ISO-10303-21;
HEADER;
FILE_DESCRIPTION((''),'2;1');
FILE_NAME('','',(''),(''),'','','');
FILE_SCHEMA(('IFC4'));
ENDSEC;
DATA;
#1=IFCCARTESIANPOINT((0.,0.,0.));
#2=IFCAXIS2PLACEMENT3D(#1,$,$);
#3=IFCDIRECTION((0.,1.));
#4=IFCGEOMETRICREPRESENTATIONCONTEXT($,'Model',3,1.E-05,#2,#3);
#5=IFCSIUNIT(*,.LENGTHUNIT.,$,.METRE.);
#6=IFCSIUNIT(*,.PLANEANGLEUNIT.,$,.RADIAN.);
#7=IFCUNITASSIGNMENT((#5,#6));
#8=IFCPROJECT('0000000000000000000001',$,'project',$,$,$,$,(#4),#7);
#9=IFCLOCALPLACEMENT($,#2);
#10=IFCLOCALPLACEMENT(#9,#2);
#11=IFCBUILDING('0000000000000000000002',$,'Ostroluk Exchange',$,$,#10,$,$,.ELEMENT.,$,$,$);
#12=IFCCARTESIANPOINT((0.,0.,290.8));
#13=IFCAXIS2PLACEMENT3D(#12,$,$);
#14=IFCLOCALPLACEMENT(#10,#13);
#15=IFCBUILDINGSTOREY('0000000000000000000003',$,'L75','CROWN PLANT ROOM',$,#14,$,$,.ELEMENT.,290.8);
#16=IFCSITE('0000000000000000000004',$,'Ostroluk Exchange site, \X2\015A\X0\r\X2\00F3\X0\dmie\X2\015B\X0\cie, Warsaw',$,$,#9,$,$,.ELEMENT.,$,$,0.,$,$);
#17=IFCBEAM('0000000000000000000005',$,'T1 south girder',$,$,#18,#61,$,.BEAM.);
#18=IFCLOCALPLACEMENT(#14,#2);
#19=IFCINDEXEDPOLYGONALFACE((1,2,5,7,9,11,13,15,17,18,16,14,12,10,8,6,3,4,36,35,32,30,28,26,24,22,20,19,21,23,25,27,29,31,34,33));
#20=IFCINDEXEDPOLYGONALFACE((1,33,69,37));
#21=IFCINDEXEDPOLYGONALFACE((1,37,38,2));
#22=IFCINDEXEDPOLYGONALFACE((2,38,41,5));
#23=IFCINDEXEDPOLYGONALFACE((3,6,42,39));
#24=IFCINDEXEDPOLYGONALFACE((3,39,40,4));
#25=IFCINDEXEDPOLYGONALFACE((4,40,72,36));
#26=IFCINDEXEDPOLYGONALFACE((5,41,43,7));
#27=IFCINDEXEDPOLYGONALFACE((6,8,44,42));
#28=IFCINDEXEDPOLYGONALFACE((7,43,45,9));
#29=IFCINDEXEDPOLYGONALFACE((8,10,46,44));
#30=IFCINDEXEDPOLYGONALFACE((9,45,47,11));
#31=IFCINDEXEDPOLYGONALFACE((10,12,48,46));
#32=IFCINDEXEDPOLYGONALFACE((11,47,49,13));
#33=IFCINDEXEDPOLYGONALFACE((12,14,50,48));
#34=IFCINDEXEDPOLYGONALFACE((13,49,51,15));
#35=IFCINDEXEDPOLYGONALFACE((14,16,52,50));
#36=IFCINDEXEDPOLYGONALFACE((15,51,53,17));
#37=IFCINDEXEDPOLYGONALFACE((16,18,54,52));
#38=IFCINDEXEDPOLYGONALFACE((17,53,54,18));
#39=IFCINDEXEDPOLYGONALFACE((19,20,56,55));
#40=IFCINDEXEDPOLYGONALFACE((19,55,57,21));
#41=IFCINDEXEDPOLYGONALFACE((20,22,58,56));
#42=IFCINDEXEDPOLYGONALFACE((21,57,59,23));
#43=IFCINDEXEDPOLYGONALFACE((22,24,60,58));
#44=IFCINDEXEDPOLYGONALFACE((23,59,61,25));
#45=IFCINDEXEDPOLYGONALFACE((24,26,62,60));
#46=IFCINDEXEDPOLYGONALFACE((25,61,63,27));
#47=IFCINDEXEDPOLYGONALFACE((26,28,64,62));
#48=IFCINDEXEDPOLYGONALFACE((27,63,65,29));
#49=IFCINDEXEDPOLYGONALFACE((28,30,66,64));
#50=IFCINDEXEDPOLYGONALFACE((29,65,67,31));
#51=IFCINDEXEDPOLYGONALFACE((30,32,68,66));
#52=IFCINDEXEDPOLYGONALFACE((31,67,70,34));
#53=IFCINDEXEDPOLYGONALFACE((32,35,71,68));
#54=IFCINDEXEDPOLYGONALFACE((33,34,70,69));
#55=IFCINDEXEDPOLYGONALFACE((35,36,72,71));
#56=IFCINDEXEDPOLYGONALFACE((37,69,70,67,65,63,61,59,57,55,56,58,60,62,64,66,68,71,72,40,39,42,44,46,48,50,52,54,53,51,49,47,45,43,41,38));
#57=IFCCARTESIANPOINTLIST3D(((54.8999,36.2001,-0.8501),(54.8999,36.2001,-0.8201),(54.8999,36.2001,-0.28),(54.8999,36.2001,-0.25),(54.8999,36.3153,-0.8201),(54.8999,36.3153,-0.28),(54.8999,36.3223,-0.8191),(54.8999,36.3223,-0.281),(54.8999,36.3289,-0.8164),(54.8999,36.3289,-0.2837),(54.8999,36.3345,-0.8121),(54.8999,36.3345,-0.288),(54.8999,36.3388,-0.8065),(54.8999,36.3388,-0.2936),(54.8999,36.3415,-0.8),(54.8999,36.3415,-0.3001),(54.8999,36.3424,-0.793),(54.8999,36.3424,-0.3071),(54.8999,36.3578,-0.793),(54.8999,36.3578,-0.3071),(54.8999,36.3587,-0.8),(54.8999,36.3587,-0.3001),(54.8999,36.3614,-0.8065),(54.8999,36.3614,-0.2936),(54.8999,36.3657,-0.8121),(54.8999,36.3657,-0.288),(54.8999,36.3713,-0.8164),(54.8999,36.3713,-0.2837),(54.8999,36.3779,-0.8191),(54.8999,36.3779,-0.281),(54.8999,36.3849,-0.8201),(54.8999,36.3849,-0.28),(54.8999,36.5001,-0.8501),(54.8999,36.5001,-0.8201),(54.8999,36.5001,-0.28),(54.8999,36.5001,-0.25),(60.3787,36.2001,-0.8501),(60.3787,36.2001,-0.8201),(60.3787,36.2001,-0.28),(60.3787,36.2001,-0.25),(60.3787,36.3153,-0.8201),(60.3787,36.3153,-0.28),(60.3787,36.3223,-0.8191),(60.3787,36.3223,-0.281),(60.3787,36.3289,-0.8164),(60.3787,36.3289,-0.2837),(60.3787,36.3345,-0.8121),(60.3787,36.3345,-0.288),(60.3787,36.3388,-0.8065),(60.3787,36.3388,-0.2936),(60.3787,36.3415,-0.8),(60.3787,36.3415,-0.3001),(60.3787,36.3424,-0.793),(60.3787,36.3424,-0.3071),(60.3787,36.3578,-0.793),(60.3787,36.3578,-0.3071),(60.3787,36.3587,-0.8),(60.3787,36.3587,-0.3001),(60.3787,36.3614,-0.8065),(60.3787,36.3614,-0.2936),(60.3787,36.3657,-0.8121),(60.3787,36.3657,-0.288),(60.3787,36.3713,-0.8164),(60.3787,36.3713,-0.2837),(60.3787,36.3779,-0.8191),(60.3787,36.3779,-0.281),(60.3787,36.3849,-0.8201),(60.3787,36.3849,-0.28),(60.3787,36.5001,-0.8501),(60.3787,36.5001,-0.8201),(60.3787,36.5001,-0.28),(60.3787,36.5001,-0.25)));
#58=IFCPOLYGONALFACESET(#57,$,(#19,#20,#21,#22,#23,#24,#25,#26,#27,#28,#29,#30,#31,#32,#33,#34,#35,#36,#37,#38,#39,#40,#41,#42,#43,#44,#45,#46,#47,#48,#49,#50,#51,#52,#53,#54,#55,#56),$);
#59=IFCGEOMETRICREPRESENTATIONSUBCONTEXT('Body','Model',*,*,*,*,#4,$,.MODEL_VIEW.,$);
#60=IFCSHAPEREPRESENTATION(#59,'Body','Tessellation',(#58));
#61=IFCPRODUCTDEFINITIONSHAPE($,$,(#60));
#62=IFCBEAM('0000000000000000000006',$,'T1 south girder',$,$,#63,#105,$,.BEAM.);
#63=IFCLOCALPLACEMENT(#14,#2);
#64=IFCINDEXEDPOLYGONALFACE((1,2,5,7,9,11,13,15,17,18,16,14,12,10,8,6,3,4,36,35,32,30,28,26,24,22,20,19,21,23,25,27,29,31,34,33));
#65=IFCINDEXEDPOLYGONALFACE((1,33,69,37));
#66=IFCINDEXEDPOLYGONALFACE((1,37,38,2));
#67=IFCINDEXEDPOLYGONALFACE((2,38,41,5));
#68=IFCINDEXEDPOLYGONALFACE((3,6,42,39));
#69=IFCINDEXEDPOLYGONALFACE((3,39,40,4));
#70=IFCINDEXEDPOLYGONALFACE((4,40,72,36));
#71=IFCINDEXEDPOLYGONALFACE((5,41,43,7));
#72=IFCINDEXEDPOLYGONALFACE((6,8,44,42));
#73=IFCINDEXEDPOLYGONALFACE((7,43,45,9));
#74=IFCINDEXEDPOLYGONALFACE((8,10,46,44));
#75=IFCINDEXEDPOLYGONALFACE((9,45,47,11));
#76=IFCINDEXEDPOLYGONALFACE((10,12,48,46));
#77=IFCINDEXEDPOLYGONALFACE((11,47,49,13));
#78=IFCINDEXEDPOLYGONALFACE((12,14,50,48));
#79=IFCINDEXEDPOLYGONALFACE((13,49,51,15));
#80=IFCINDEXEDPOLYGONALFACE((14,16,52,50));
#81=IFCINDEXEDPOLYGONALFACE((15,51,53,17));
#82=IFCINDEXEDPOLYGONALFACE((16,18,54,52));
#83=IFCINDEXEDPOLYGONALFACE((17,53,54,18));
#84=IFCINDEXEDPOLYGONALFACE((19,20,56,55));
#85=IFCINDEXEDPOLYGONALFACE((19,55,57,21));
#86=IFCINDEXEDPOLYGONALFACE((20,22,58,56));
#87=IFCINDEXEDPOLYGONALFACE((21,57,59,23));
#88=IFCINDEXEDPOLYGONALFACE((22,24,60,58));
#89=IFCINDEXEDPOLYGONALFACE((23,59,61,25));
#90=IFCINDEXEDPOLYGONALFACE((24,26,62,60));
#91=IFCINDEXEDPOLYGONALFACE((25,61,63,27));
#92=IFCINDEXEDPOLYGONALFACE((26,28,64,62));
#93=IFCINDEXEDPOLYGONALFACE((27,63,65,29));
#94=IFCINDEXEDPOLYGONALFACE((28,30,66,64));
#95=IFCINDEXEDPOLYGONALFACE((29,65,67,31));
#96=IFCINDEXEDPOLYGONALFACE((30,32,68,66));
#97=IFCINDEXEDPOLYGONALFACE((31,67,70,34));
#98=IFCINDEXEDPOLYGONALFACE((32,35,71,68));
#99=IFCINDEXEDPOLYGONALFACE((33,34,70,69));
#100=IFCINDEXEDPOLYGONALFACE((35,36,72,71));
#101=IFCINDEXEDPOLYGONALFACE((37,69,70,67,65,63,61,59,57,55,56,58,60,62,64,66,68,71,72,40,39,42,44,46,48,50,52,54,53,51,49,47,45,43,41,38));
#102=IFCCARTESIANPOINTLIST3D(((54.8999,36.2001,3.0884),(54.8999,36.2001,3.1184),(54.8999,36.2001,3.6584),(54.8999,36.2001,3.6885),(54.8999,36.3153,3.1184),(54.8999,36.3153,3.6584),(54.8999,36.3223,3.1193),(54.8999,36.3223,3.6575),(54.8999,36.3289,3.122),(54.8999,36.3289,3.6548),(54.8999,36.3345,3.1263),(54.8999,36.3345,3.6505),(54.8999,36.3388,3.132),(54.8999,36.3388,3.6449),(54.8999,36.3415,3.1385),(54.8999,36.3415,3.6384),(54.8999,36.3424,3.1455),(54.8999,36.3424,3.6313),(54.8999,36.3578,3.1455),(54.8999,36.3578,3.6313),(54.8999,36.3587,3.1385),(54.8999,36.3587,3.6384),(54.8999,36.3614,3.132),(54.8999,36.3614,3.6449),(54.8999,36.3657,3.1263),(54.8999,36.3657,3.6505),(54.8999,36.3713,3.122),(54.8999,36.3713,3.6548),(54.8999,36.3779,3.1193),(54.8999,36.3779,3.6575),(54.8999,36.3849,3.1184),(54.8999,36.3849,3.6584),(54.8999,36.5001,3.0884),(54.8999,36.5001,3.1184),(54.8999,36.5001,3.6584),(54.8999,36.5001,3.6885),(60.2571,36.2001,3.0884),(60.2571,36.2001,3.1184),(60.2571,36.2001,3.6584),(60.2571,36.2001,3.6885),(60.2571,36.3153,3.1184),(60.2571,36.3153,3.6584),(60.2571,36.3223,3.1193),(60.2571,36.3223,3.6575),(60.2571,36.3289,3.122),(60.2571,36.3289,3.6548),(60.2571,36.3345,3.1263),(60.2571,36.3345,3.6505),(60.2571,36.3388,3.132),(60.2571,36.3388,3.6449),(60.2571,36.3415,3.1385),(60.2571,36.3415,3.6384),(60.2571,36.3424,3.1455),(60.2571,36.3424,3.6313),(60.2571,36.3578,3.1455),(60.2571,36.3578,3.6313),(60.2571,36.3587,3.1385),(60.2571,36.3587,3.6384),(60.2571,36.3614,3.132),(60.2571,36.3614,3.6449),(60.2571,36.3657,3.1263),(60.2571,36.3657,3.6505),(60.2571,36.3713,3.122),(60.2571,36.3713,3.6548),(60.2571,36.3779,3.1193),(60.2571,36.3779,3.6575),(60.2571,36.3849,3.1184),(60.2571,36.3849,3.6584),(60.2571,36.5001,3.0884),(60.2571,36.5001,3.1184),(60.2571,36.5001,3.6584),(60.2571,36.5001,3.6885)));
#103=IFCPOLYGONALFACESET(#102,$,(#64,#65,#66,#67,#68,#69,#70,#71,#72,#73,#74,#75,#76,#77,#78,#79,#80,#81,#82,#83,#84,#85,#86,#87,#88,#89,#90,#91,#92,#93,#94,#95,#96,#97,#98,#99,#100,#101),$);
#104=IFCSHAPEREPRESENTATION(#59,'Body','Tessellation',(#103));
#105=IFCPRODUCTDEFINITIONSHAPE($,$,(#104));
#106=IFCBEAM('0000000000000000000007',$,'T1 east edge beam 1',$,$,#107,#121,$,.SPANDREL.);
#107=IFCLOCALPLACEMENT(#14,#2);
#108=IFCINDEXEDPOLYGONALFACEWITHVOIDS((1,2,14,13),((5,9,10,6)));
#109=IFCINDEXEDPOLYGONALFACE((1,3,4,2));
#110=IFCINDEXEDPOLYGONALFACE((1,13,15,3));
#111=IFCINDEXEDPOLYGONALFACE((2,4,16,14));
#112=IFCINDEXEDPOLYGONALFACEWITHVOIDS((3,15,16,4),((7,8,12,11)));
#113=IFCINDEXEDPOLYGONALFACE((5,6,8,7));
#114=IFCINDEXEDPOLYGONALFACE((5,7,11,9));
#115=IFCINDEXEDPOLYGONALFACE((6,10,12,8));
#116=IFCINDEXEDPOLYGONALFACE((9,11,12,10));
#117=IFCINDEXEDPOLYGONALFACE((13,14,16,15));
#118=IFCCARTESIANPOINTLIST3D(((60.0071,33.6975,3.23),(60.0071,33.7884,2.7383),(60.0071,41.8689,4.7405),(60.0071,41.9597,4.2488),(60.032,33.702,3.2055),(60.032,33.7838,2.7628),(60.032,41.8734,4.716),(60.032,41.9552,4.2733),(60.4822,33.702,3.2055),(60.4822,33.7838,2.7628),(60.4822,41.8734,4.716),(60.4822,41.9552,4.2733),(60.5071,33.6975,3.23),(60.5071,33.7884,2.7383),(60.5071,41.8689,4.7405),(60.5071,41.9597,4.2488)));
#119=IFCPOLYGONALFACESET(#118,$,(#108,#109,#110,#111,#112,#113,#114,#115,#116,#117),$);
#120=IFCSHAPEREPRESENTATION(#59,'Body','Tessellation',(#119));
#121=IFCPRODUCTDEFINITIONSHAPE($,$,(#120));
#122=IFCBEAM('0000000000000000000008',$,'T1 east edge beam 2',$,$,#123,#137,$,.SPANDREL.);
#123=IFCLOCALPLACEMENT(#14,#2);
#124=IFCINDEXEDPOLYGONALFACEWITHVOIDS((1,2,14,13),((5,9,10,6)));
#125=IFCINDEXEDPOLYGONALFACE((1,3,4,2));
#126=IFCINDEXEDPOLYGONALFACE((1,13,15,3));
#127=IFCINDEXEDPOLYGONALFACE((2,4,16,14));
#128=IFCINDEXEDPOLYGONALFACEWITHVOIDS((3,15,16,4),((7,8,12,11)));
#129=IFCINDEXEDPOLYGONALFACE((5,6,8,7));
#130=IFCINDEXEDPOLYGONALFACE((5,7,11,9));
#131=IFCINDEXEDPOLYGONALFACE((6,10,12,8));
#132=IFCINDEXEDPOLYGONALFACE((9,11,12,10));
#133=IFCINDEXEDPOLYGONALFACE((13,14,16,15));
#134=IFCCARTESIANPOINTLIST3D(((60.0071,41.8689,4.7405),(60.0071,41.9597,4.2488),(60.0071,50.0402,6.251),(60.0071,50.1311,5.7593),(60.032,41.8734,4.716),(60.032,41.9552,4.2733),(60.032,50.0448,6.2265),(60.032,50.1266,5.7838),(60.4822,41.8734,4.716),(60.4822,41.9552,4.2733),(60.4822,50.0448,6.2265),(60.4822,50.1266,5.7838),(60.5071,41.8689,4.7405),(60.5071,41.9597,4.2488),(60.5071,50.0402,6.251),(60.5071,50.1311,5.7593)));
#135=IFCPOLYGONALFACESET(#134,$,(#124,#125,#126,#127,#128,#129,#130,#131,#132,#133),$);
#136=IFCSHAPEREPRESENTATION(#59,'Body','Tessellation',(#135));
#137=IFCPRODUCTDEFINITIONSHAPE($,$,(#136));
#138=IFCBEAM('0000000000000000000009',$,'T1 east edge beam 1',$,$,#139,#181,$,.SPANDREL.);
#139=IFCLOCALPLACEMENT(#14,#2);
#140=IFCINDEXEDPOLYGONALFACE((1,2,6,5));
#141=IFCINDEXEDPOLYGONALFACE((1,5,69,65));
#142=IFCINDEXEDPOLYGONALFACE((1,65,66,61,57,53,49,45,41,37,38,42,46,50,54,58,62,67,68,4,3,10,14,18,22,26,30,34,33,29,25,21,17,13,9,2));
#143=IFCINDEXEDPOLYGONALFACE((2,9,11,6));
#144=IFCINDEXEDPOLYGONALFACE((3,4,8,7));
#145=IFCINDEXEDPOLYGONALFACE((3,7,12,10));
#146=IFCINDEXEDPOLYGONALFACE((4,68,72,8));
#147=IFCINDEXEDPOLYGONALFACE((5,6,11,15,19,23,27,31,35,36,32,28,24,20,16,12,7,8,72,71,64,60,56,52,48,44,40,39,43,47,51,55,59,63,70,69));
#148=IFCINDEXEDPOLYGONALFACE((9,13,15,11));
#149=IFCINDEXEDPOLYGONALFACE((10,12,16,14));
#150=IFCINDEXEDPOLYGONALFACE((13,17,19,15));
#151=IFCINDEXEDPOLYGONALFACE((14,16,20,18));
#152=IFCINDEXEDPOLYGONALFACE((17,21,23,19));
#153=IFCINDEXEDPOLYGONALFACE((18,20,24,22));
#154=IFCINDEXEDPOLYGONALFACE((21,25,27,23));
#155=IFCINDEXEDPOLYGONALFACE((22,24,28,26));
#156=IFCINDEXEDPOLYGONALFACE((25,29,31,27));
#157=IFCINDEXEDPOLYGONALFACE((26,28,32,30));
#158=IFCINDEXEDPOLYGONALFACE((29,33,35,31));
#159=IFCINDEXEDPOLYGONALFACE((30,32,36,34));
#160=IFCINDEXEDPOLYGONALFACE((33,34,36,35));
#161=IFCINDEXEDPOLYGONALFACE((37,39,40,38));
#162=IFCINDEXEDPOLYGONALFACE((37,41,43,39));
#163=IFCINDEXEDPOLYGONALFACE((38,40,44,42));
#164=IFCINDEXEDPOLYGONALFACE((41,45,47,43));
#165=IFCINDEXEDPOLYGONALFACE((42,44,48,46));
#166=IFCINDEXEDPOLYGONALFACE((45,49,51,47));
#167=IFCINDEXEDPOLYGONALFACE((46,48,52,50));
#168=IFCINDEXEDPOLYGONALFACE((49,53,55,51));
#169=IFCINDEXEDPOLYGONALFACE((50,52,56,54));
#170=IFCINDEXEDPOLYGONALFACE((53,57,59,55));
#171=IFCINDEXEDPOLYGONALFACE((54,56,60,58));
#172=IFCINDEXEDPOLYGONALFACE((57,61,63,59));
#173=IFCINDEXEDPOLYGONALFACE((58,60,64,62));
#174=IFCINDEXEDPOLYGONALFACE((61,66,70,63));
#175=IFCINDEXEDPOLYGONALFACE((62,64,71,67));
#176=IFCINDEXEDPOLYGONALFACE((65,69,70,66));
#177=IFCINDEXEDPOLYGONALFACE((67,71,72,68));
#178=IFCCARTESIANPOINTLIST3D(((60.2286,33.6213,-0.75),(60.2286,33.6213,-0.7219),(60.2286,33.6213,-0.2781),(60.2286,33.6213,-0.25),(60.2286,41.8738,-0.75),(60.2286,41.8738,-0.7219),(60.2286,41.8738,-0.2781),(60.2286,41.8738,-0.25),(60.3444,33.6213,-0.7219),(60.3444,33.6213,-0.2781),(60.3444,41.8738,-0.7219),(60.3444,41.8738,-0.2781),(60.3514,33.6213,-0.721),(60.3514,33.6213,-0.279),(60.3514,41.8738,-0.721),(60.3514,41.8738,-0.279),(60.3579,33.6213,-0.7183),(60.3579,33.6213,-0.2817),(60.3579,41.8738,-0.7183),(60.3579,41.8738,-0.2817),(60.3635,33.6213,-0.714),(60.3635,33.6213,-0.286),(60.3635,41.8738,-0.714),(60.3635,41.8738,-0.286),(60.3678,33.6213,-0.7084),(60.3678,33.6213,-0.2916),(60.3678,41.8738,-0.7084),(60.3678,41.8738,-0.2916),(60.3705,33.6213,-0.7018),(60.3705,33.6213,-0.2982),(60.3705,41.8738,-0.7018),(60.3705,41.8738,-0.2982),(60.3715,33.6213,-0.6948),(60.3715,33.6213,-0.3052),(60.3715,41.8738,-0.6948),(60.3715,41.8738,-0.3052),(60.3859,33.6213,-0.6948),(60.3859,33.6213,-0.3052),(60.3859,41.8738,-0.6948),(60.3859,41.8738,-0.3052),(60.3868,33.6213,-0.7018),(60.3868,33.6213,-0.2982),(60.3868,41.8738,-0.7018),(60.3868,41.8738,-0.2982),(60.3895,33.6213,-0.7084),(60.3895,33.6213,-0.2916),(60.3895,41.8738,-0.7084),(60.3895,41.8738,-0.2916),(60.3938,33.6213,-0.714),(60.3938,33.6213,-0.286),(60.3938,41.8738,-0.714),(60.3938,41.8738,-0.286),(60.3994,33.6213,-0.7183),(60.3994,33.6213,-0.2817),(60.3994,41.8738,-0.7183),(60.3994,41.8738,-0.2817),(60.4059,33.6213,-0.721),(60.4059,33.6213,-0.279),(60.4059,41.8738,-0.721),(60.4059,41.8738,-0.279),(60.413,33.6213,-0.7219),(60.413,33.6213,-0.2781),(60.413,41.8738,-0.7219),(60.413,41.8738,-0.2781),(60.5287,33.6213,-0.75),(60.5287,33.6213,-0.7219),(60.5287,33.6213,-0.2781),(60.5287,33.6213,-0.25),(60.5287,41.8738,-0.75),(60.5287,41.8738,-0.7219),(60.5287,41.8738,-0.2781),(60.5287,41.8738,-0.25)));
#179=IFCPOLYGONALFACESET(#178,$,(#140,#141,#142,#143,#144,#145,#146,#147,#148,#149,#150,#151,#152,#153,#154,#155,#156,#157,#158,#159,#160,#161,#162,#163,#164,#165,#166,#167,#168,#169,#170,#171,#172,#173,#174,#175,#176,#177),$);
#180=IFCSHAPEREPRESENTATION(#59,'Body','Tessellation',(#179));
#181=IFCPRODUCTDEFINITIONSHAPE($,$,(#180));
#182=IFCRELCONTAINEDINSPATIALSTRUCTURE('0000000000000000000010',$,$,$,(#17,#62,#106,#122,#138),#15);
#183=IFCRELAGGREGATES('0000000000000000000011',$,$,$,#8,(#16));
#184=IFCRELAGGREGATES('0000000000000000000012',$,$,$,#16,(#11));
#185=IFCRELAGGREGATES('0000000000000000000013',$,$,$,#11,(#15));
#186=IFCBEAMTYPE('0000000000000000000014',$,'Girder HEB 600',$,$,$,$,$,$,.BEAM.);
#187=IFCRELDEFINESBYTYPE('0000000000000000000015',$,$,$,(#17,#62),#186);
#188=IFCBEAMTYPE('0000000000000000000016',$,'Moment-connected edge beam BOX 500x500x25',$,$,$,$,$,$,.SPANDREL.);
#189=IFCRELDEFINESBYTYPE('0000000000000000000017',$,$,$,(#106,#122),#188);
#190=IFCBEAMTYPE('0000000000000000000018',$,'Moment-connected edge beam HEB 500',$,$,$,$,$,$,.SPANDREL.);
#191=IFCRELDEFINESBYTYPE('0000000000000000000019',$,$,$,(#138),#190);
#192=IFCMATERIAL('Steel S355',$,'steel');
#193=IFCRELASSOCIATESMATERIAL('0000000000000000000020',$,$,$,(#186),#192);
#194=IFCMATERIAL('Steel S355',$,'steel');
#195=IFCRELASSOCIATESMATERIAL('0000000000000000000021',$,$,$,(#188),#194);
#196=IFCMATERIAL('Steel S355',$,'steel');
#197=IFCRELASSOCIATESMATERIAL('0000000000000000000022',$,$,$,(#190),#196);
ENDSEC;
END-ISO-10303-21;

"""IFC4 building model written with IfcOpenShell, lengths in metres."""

from ifc_helpers import new_model, si_unit, direction, frame, origin, origin_2d, place, context, subcontext, project, spatial, hollow_rectangle, i_section, extrude, material, material_profile, profile_set, type_object, element, save


model = new_model("IFC4")

# Units and contexts
model_context = context("Model", 3, precision=1e-05, world=origin(), true_north=direction((0.0, 1.0)))
body_context = subcontext(model_context, "Body", "Model", "MODEL_VIEW")
ifc_project = project(units=[si_unit("LENGTHUNIT", "METRE"), si_unit("PLANEANGLEUNIT", "RADIAN")], contexts=[model_context])

# Site, building, storey
site_placement = place(None, origin())
site = spatial("IfcSite", under=ifc_project, at=site_placement, Name="Ostroluk Exchange site, Śródmieście, Warsaw", CompositionType="ELEMENT", RefElevation=0.0)
building_placement = place(site_placement, origin())
building = spatial("IfcBuilding", under=site, at=building_placement, Name="Ostroluk Exchange", CompositionType="ELEMENT")
storey_placement = place(building_placement, frame((0.0, 0.0, 290.8)))
storey = spatial("IfcBuildingStorey", under=building, at=storey_placement, Name="L75", Description="CROWN PLANT ROOM", CompositionType="ELEMENT", Elevation=290.8)

# Beams
ifc_material_1 = material(Name="Steel S355", Category="steel")
ifc_material_profile_1 = material_profile(ifc_material_1, i_section(OverallWidth=0.3, OverallDepth=0.6001, WebThickness=0.0154, FlangeThickness=0.03, FilletRadius=0.0271, at=origin_2d()), Name="HEB 600")
ifc_profile_set_1 = profile_set([ifc_material_profile_1], Name="Steel S355")
beam_type_1 = type_object("IfcBeamType", Name="Girder HEB 600", PredefinedType="BEAM", material=ifc_profile_set_1)
beam_1_placement = place(storey_placement, frame((54.8999, 36.3501, -0.55), z_axis=(1.0, 0.0, 0.0), x_axis=(0.0, 1.0, 0.0)))
element("IfcBeam", 1, at=beam_1_placement, inside=storey, type_object=beam_type_1, Name="T1 south girder", PredefinedType="BEAM", context=body_context, shape_type="SweptSolid", body=[
    extrude(i_section(OverallWidth=0.3, OverallDepth=0.6001, WebThickness=0.0154, FlangeThickness=0.03, FilletRadius=0.0271, at=origin_2d()), origin(), (0.0, 0.0, 1.0), 5.4788),
])
beam_2_placement = place(storey_placement, frame((54.8999, 36.3501, 3.3884), z_axis=(1.0, 0.0, 0.0), x_axis=(0.0, 1.0, 0.0)))
element("IfcBeam", 2, at=beam_2_placement, inside=storey, type_object=beam_type_1, Name="T1 south girder", PredefinedType="BEAM", context=body_context, shape_type="SweptSolid", body=[
    extrude(i_section(OverallWidth=0.3, OverallDepth=0.6001, WebThickness=0.0154, FlangeThickness=0.03, FilletRadius=0.0271, at=origin_2d()), origin(), (0.0, 0.0, 1.0), 5.3572),
])
ifc_material_2 = material(Name="Steel S355", Category="steel")
ifc_material_profile_2 = material_profile(ifc_material_2, hollow_rectangle(XDim=0.5, YDim=0.5, WallThickness=0.0249, at=origin_2d()), Name="BOX 500x500x25")
ifc_profile_set_2 = profile_set([ifc_material_profile_2], Name="Steel S355")
beam_type_2 = type_object("IfcBeamType", Name="Moment-connected edge beam BOX 500x500x25", PredefinedType="SPANDREL", material=ifc_profile_set_2)
for number, where, z_axis, x_axis, name in (
    (3, (60.2571, 33.7429, 2.9841), (0.0, 0.983341, 0.181773), (-1.0, 0.0, 0.0), "T1 east edge beam 1"),
    (4, (60.2571, 41.9143, 4.4946), (0.0, 0.983341, 0.181773), (-1.0, 0.0, 0.0), "T1 east edge beam 2"),
):
    element("IfcBeam", number, at=place(storey_placement, frame(where, z_axis=z_axis, x_axis=x_axis)), inside=storey, type_object=beam_type_2, Name=name, PredefinedType="SPANDREL", context=body_context, shape_type="SweptSolid", body=[
        extrude(hollow_rectangle(XDim=0.5, YDim=0.5, WallThickness=0.0249, at=origin_2d()), origin(), (0.0, 0.0, 1.0), 8.3098),
    ])
ifc_material_3 = material(Name="Steel S355", Category="steel")
ifc_material_profile_3 = material_profile(ifc_material_3, i_section(OverallWidth=0.3, OverallDepth=0.5, WebThickness=0.0144, FlangeThickness=0.0281, FilletRadius=0.0271, at=origin_2d()), Name="HEB 500")
ifc_profile_set_3 = profile_set([ifc_material_profile_3], Name="Steel S355")
beam_type_3 = type_object("IfcBeamType", Name="Moment-connected edge beam HEB 500", PredefinedType="SPANDREL", material=ifc_profile_set_3)
for number, where, z_axis, x_axis, name in (
    (5, (60.3787, 33.6213, -0.5), (0.0, 1.0, 0.0), (-1.0, 0.0, 0.0), "T1 east edge beam 1"),
):
    element("IfcBeam", number, at=place(storey_placement, frame(where, z_axis=z_axis, x_axis=x_axis)), inside=storey, type_object=beam_type_3, Name=name, PredefinedType="SPANDREL", context=body_context, shape_type="SweptSolid", body=[
        extrude(i_section(OverallWidth=0.3, OverallDepth=0.5, WebThickness=0.0144, FlangeThickness=0.0281, FilletRadius=0.0271, at=origin_2d()), origin(), (0.0, 0.0, 1.0), 8.2524),
    ])

save(model, "model.ifc")
